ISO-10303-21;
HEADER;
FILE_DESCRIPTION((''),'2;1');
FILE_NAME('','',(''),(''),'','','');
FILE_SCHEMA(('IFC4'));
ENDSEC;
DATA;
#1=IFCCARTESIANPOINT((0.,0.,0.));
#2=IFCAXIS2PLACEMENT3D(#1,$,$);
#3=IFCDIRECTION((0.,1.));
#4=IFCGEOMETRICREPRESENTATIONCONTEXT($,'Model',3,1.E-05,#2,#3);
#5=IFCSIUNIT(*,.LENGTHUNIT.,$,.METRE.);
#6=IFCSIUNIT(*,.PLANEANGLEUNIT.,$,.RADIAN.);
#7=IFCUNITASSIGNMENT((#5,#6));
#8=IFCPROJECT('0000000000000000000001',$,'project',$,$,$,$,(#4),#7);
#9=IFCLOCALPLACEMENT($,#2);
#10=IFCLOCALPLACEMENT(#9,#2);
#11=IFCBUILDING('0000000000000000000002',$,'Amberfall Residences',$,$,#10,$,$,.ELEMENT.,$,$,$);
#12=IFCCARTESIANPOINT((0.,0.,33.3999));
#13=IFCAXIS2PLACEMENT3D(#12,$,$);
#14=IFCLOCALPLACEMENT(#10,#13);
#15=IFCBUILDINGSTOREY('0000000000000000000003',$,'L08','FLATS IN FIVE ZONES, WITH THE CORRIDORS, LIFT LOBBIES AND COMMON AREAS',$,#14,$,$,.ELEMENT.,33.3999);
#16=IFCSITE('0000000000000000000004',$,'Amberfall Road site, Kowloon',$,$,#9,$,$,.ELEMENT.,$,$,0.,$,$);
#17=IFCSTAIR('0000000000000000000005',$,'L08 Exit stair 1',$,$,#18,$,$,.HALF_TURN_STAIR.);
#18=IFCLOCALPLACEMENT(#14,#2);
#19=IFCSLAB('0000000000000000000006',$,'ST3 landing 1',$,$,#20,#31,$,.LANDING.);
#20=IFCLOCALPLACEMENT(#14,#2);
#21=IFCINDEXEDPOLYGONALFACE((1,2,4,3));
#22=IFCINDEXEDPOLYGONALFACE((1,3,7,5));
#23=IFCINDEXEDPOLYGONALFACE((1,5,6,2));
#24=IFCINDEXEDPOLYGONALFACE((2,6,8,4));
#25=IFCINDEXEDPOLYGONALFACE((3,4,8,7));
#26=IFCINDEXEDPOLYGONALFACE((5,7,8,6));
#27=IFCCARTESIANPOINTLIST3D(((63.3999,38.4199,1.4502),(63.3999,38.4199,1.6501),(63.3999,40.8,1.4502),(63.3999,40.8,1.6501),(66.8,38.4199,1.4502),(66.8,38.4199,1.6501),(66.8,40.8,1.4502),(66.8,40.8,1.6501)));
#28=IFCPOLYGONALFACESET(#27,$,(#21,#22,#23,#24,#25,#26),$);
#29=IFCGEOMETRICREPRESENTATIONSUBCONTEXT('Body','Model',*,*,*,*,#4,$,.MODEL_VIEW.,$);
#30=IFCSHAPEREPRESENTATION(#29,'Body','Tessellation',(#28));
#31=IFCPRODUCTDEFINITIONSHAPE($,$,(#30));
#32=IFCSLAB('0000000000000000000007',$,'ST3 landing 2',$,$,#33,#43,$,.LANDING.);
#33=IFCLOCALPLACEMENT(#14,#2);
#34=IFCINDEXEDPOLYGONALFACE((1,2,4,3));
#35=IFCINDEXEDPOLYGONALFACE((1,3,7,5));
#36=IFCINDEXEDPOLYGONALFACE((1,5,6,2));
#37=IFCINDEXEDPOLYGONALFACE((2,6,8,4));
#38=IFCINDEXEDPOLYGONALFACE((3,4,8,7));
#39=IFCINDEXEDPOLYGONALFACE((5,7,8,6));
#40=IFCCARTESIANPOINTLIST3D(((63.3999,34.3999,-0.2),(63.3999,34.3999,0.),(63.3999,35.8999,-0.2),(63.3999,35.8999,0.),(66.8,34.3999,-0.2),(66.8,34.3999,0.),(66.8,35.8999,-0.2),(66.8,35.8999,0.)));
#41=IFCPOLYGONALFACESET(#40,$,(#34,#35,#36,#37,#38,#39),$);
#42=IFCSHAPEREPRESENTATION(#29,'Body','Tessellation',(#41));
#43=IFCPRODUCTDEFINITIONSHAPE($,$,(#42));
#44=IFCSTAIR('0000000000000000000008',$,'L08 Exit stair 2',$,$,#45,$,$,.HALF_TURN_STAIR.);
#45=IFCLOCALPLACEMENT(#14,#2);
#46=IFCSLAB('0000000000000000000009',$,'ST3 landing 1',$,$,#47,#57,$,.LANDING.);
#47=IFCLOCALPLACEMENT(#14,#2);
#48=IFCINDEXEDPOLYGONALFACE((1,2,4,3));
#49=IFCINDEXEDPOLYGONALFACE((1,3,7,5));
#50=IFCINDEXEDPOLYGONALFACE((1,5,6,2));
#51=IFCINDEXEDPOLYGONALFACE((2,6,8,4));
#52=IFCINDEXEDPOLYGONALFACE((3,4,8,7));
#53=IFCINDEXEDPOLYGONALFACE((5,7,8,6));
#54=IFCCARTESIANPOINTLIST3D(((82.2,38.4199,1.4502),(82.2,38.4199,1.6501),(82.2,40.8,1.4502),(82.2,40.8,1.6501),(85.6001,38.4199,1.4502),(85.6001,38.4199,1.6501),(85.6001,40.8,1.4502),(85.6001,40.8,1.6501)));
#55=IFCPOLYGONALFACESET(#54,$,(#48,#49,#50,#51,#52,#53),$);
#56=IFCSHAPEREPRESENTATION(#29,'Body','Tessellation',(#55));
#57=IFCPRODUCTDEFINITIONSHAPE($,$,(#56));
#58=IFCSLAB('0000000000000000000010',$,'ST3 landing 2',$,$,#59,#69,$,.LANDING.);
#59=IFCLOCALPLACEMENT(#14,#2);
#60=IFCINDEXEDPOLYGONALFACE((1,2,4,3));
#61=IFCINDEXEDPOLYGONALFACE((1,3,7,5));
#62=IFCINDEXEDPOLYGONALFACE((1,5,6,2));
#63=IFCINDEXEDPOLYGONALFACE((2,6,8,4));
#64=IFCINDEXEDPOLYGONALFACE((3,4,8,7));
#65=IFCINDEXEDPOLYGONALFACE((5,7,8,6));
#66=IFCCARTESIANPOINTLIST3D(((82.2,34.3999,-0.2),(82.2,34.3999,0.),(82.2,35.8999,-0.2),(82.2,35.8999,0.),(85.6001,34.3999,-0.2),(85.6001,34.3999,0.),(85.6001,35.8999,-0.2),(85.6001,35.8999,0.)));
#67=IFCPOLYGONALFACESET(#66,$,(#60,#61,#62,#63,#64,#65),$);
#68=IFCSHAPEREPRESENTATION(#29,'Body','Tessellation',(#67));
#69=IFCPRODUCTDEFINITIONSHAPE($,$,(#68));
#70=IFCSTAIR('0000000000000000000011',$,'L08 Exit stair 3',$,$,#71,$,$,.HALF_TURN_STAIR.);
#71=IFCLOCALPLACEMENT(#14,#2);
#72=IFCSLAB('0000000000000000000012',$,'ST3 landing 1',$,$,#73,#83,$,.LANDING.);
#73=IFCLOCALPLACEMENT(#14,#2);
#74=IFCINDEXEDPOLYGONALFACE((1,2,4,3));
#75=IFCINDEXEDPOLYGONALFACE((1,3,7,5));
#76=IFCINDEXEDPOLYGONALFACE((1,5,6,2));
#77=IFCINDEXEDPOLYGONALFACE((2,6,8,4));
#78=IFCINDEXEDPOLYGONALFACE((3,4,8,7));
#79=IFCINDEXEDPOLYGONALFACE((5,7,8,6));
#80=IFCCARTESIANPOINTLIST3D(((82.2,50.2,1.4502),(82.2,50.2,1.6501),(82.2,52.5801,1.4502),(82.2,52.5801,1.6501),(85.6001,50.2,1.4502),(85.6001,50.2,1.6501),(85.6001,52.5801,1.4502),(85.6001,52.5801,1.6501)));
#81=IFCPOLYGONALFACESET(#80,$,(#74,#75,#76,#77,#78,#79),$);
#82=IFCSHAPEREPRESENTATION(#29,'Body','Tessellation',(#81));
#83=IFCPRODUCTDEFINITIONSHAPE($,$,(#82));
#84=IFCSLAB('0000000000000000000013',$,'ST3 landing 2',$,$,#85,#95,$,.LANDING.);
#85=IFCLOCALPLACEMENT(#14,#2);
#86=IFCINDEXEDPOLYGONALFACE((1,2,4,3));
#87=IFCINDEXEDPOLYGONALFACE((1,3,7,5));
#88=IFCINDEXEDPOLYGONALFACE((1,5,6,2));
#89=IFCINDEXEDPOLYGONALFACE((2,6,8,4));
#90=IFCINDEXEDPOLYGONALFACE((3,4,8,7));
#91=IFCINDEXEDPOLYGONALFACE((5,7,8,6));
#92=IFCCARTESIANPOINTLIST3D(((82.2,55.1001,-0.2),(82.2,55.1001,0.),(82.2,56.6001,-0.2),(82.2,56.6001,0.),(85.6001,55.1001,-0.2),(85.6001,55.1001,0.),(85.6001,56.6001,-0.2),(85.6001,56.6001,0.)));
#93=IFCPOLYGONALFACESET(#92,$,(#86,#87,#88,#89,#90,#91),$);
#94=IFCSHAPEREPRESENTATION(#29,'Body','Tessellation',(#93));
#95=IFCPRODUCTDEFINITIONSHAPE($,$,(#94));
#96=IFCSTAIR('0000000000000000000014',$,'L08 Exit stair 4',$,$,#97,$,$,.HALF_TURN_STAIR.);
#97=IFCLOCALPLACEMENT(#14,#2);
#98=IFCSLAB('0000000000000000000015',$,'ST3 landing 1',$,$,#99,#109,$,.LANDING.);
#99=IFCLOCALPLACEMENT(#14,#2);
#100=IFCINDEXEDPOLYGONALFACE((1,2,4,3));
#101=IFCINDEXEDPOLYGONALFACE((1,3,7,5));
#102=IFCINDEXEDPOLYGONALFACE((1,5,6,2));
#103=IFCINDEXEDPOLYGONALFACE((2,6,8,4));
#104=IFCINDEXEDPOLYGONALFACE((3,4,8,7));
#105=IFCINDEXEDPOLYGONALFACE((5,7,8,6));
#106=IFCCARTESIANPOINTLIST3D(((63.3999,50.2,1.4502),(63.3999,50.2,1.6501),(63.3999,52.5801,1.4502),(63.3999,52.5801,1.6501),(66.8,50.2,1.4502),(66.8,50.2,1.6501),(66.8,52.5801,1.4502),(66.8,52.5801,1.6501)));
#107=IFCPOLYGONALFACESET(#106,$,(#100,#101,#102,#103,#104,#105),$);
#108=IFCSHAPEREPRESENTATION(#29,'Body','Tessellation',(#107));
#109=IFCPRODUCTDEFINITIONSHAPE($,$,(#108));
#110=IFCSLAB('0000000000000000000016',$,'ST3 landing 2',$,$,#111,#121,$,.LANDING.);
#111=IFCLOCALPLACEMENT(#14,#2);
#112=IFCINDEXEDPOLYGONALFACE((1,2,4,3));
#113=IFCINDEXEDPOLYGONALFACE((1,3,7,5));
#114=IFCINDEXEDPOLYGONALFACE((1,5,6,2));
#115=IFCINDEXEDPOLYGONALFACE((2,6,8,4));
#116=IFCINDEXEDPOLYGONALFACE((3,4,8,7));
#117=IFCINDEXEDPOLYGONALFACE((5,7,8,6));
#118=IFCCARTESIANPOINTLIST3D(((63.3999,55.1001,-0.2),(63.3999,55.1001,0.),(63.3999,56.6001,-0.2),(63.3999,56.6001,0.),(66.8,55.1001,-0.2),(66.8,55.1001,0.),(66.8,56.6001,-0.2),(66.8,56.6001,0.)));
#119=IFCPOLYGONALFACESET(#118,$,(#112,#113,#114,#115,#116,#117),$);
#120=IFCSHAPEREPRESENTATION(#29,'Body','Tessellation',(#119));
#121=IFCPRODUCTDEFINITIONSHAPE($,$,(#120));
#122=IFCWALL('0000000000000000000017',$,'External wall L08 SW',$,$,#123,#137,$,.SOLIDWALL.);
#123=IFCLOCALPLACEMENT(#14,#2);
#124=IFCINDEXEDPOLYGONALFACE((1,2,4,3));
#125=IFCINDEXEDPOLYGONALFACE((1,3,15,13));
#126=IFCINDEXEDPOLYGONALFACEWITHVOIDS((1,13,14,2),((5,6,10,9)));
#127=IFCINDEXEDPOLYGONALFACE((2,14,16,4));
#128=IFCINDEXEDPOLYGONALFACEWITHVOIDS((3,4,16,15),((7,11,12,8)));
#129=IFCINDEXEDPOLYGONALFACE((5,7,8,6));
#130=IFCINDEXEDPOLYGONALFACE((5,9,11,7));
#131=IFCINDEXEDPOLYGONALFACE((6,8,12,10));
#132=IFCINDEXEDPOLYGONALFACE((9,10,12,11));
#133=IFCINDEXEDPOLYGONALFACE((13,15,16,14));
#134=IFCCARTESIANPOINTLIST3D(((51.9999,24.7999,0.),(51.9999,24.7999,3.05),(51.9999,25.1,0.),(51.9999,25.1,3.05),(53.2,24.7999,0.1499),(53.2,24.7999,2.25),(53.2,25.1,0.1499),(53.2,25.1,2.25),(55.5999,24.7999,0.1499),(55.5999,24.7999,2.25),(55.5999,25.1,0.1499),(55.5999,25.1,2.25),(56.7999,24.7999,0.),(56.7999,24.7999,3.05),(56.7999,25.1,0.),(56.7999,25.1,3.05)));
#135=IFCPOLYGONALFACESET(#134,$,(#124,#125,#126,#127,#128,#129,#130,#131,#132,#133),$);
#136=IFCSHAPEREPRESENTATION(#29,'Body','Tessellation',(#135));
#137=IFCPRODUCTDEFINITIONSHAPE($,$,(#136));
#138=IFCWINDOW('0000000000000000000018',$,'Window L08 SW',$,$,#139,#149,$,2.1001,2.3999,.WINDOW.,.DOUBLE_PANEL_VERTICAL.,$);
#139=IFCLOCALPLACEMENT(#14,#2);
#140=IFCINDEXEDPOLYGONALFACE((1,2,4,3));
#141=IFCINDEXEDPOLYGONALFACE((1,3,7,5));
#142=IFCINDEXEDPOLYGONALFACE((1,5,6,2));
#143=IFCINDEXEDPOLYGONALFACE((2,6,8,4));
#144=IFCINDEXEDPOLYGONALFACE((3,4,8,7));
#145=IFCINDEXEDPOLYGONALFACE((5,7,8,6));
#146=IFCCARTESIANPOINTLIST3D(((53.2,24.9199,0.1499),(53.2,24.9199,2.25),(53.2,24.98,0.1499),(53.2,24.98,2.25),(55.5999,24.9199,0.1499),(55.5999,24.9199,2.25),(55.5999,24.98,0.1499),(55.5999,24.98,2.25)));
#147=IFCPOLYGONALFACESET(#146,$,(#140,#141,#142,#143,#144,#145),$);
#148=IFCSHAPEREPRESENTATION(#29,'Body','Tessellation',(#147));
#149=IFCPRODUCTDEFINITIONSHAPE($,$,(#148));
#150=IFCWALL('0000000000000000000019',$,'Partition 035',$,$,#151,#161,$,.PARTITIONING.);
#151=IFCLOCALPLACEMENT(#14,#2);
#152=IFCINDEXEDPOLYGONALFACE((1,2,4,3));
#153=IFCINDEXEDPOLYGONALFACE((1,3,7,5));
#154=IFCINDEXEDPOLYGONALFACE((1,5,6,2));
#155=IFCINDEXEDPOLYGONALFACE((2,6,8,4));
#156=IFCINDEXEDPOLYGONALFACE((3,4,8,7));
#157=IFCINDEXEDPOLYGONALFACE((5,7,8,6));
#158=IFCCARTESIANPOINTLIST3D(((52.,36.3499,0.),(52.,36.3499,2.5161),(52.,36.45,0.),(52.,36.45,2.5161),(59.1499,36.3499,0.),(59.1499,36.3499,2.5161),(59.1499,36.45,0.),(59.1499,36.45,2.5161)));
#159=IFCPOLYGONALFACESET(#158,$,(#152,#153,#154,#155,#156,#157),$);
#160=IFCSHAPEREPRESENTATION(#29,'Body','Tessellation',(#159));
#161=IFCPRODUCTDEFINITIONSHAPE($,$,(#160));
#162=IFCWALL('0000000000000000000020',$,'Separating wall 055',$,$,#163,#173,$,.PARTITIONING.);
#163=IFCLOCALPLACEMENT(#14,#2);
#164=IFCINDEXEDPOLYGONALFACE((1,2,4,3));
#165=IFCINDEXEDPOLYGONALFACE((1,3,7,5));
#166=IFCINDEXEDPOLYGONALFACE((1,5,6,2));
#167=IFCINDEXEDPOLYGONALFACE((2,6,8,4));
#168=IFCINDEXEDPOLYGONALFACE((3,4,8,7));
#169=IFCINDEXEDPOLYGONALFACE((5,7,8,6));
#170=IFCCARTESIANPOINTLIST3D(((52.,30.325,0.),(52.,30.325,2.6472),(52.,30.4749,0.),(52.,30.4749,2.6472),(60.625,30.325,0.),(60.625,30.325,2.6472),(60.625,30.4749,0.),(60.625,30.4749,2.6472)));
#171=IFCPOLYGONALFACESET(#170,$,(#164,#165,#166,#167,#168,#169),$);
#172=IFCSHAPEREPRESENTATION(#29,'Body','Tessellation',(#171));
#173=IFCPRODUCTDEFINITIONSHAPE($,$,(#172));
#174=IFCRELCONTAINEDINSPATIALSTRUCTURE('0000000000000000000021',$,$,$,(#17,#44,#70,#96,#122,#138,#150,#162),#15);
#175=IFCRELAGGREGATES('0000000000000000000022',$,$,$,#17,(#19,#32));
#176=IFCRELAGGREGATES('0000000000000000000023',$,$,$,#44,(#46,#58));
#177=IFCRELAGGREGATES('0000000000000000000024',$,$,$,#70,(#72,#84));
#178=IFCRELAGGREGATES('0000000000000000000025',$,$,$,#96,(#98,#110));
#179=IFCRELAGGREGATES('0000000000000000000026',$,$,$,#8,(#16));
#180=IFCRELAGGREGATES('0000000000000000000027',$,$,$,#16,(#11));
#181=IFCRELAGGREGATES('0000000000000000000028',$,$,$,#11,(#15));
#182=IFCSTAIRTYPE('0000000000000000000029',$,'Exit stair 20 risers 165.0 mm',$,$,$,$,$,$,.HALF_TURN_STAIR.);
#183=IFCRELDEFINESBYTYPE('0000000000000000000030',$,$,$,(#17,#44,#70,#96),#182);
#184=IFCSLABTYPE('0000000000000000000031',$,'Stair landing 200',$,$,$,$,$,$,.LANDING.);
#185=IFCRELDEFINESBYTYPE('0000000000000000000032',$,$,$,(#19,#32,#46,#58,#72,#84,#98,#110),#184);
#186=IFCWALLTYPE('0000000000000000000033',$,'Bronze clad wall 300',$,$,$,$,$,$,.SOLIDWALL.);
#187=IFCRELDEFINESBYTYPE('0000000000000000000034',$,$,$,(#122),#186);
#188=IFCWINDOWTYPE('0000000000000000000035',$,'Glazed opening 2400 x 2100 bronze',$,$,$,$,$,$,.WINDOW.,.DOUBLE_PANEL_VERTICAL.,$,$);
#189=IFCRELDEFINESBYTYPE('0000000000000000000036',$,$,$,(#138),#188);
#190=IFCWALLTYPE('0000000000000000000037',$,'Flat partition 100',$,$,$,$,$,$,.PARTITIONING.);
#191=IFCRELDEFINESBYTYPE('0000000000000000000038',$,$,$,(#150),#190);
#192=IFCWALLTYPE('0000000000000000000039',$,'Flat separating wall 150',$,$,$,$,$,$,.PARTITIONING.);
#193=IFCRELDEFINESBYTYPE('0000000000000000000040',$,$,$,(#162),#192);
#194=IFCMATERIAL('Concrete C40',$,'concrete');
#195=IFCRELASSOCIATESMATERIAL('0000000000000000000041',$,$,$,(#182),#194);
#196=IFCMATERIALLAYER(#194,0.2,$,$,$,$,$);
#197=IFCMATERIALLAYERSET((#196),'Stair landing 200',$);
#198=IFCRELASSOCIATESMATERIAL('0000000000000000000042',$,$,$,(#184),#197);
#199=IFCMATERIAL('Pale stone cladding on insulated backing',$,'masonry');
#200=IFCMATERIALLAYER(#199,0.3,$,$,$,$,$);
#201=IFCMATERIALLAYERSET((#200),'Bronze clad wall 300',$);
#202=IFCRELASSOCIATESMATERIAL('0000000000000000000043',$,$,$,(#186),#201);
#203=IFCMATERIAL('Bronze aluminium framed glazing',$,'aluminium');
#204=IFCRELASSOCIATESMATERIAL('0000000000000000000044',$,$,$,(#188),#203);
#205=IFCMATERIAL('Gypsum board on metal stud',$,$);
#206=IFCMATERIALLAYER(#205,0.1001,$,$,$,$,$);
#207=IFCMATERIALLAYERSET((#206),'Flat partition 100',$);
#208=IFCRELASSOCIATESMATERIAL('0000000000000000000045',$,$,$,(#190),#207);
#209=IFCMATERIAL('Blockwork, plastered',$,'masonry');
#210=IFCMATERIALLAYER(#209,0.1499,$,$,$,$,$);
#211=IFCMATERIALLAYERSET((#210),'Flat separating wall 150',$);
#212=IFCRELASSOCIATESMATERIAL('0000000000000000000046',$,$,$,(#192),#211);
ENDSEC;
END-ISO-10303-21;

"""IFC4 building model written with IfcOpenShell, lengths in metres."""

from ifc_helpers import new_model, si_unit, direction, frame, frame_2d, origin, place, context, subcontext, project, spatial, polyline, rectangle, outline, extrude, material, layer, layer_set, type_object, element, fill, aggregate, save


model = new_model("IFC4")

# Units and contexts
model_context = context("Model", 3, precision=1e-05, world=origin(), true_north=direction((0.0, 1.0)))
body_context = subcontext(model_context, "Body", "Model", "MODEL_VIEW")
ifc_project = project(units=[si_unit("LENGTHUNIT", "METRE"), si_unit("PLANEANGLEUNIT", "RADIAN")], contexts=[model_context])

# Site, building, storey
site_placement = place(None, origin())
site = spatial("IfcSite", under=ifc_project, at=site_placement, Name="Amberfall Road site, Kowloon", CompositionType="ELEMENT", RefElevation=0.0)
building_placement = place(site_placement, origin())
building = spatial("IfcBuilding", under=site, at=building_placement, Name="Amberfall Residences", CompositionType="ELEMENT")
storey_placement = place(building_placement, frame((0.0, 0.0, 33.3999)))
storey = spatial("IfcBuildingStorey", under=building, at=storey_placement, Name="L08", Description="FLATS IN FIVE ZONES, WITH THE CORRIDORS, LIFT LOBBIES AND COMMON AREAS", CompositionType="ELEMENT", Elevation=33.3999)

# Stairs, slabs
ifc_material_1 = material(Name="Concrete C40", Category="concrete")
stair_type = type_object("IfcStairType", Name="Exit stair 20 risers 165.0 mm", PredefinedType="HALF_TURN_STAIR", material=ifc_material_1)
stair_1_placement = place(storey_placement, origin())
stair_1 = element("IfcStair", 1, at=stair_1_placement, inside=storey, type_object=stair_type, Name="L08 Exit stair 1", PredefinedType="HALF_TURN_STAIR")
ifc_layer_1 = layer(ifc_material_1, 0.2)
ifc_layer_set_1 = layer_set([ifc_layer_1], Name="Stair landing 200")
slab_type_1 = type_object("IfcSlabType", Name="Stair landing 200", PredefinedType="LANDING", material=ifc_layer_set_1)
slab_1_placement = place(storey_placement, frame((0.0, 0.0, 1.4502)))
slab_1 = element("IfcSlab", 2, at=slab_1_placement, type_object=slab_type_1, Name="ST3 landing 1", PredefinedType="LANDING", context=body_context, shape_type="SweptSolid", body=[
    extrude(outline(polyline([(66.8, 38.4199), (66.8, 40.8), (63.3999, 40.8), (63.3999, 38.4199), (66.8, 38.4199)])), origin(), (0.0, 0.0, 1.0), 0.2),
])
slab_2_placement = place(storey_placement, frame((0.0, 0.0, -0.2)))
slab_2 = element("IfcSlab", 3, at=slab_2_placement, type_object=slab_type_1, Name="ST3 landing 2", PredefinedType="LANDING", context=body_context, shape_type="SweptSolid", body=[
    extrude(outline(polyline([(66.8, 34.3999), (66.8, 35.8999), (63.3999, 35.8999), (63.3999, 34.3999), (66.8, 34.3999)])), origin(), (0.0, 0.0, 1.0), 0.2),
])
aggregate(stair_1, [slab_1, slab_2])
stair_2_placement = place(storey_placement, origin())
stair_2 = element("IfcStair", 4, at=stair_2_placement, inside=storey, type_object=stair_type, Name="L08 Exit stair 2", PredefinedType="HALF_TURN_STAIR")
slab_3_placement = place(storey_placement, frame((0.0, 0.0, 1.4502)))
slab_3 = element("IfcSlab", 5, at=slab_3_placement, type_object=slab_type_1, Name="ST3 landing 1", PredefinedType="LANDING", context=body_context, shape_type="SweptSolid", body=[
    extrude(outline(polyline([(85.6001, 38.4199), (85.6001, 40.8), (82.2, 40.8), (82.2, 38.4199), (85.6001, 38.4199)])), origin(), (0.0, 0.0, 1.0), 0.2),
])
slab_4_placement = place(storey_placement, frame((0.0, 0.0, -0.2)))
slab_4 = element("IfcSlab", 6, at=slab_4_placement, type_object=slab_type_1, Name="ST3 landing 2", PredefinedType="LANDING", context=body_context, shape_type="SweptSolid", body=[
    extrude(outline(polyline([(85.6001, 34.3999), (85.6001, 35.8999), (82.2, 35.8999), (82.2, 34.3999), (85.6001, 34.3999)])), origin(), (0.0, 0.0, 1.0), 0.2),
])
aggregate(stair_2, [slab_3, slab_4])
stair_3_placement = place(storey_placement, origin())
stair_3 = element("IfcStair", 7, at=stair_3_placement, inside=storey, type_object=stair_type, Name="L08 Exit stair 3", PredefinedType="HALF_TURN_STAIR")
slab_5_placement = place(storey_placement, frame((0.0, 0.0, 1.4502)))
slab_5 = element("IfcSlab", 8, at=slab_5_placement, type_object=slab_type_1, Name="ST3 landing 1", PredefinedType="LANDING", context=body_context, shape_type="SweptSolid", body=[
    extrude(outline(polyline([(82.2, 52.5801), (82.2, 50.2), (85.6001, 50.2), (85.6001, 52.5801), (82.2, 52.5801)])), origin(), (0.0, 0.0, 1.0), 0.2),
])
slab_6_placement = place(storey_placement, frame((0.0, 0.0, -0.2)))
slab_6 = element("IfcSlab", 9, at=slab_6_placement, type_object=slab_type_1, Name="ST3 landing 2", PredefinedType="LANDING", context=body_context, shape_type="SweptSolid", body=[
    extrude(outline(polyline([(82.2, 56.6001), (82.2, 55.1001), (85.6001, 55.1001), (85.6001, 56.6001), (82.2, 56.6001)])), origin(), (0.0, 0.0, 1.0), 0.2),
])
aggregate(stair_3, [slab_5, slab_6])
stair_4_placement = place(storey_placement, origin())
stair_4 = element("IfcStair", 10, at=stair_4_placement, inside=storey, type_object=stair_type, Name="L08 Exit stair 4", PredefinedType="HALF_TURN_STAIR")
slab_7_placement = place(storey_placement, frame((0.0, 0.0, 1.4502)))
slab_7 = element("IfcSlab", 11, at=slab_7_placement, type_object=slab_type_1, Name="ST3 landing 1", PredefinedType="LANDING", context=body_context, shape_type="SweptSolid", body=[
    extrude(outline(polyline([(63.3999, 52.5801), (63.3999, 50.2), (66.8, 50.2), (66.8, 52.5801), (63.3999, 52.5801)])), origin(), (0.0, 0.0, 1.0), 0.2),
])
slab_8_placement = place(storey_placement, frame((0.0, 0.0, -0.2)))
slab_8 = element("IfcSlab", 12, at=slab_8_placement, type_object=slab_type_1, Name="ST3 landing 2", PredefinedType="LANDING", context=body_context, shape_type="SweptSolid", body=[
    extrude(outline(polyline([(63.3999, 56.6001), (63.3999, 55.1001), (66.8, 55.1001), (66.8, 56.6001), (63.3999, 56.6001)])), origin(), (0.0, 0.0, 1.0), 0.2),
])
aggregate(stair_4, [slab_7, slab_8])

# Wall, opening, window
ifc_material_2 = material(Name="Pale stone cladding on insulated backing", Category="masonry")
ifc_layer_2 = layer(ifc_material_2, 0.3)
ifc_layer_set_2 = layer_set([ifc_layer_2], Name="Bronze clad wall 300")
wall_type_1 = type_object("IfcWallType", Name="Bronze clad wall 300", PredefinedType="SOLIDWALL", material=ifc_layer_set_2)
wall_1_placement = place(storey_placement, frame((52.0, 24.95, 0.0), z_axis=(0.0, 0.0, 1.0), x_axis=(1.0, 0.0, 0.0)))
wall_1 = element("IfcWall", 13, at=wall_1_placement, inside=storey, type_object=wall_type_1, Name="External wall L08 SW", PredefinedType="SOLIDWALL", context=body_context, shape_type="SweptSolid", body=[
    extrude(rectangle(XDim=4.8, YDim=0.3, at=frame_2d((2.3999, 0.0))), origin(), (0.0, 0.0, 1.0), 3.05),
])
opening_placement = place(wall_1_placement, frame((1.2, 0.0, 0.1499)))
opening = element("IfcOpeningElement", 14, at=opening_placement, cuts=wall_1, PredefinedType="OPENING", context=body_context, shape_type="SweptSolid", body=[
    extrude(rectangle(XDim=2.3999, YDim=2.1001, at=frame_2d((1.2, 1.05))), frame((0.0, 0.1599, 0.0), z_axis=(0.0, -1.0, 0.0), x_axis=(1.0, 0.0, 0.0)), (0.0, 0.0, 1.0), 0.3201),
])
ifc_material_3 = material(Name="Bronze aluminium framed glazing", Category="aluminium")
window_type = type_object("IfcWindowType", Name="Glazed opening 2400 x 2100 bronze", PartitioningType="DOUBLE_PANEL_VERTICAL", PredefinedType="WINDOW", material=ifc_material_3)
window_placement = place(opening_placement, origin())
window = element("IfcWindow", 15, at=window_placement, inside=storey, type_object=window_type, Name="Window L08 SW", OverallHeight=2.1001, OverallWidth=2.3999, PartitioningType="DOUBLE_PANEL_VERTICAL", PredefinedType="WINDOW", context=body_context, shape_type="SweptSolid", body=[
    extrude(rectangle(XDim=2.3999, YDim=2.1001, at=frame_2d((1.2, 1.05))), frame((0.0, 0.03, 0.0), z_axis=(0.0, -1.0, 0.0), x_axis=(1.0, 0.0, 0.0)), (0.0, 0.0, 1.0), 0.0601),
])
fill(opening, window)

# Walls
ifc_material_4 = material(Name="Gypsum board on metal stud")
ifc_layer_3 = layer(ifc_material_4, 0.1001)
ifc_layer_set_3 = layer_set([ifc_layer_3], Name="Flat partition 100")
wall_type_2 = type_object("IfcWallType", Name="Flat partition 100", PredefinedType="PARTITIONING", material=ifc_layer_set_3)
wall_2_placement = place(storey_placement, frame((52.0, 36.3999, 0.0), z_axis=(0.0, 0.0, 1.0), x_axis=(1.0, 0.0, 0.0)))
element("IfcWall", 16, at=wall_2_placement, inside=storey, type_object=wall_type_2, Name="Partition 035", PredefinedType="PARTITIONING", context=body_context, shape_type="SweptSolid", body=[
    extrude(rectangle(XDim=7.1499, YDim=0.1001, at=frame_2d((3.575, 0.0))), origin(), (0.0, 0.0, 1.0), 2.5161),
])
ifc_material_5 = material(Name="Blockwork, plastered", Category="masonry")
ifc_layer_4 = layer(ifc_material_5, 0.1499)
ifc_layer_set_4 = layer_set([ifc_layer_4], Name="Flat separating wall 150")
wall_type_3 = type_object("IfcWallType", Name="Flat separating wall 150", PredefinedType="PARTITIONING", material=ifc_layer_set_4)
wall_3_placement = place(storey_placement, frame((52.0, 30.3999, 0.0), z_axis=(0.0, 0.0, 1.0), x_axis=(1.0, 0.0, 0.0)))
element("IfcWall", 17, at=wall_3_placement, inside=storey, type_object=wall_type_3, Name="Separating wall 055", PredefinedType="PARTITIONING", context=body_context, shape_type="SweptSolid", body=[
    extrude(rectangle(XDim=8.625, YDim=0.1499, at=frame_2d((4.3125, 0.0))), origin(), (0.0, 0.0, 1.0), 2.6472),
])

save(model, "model.ifc")
